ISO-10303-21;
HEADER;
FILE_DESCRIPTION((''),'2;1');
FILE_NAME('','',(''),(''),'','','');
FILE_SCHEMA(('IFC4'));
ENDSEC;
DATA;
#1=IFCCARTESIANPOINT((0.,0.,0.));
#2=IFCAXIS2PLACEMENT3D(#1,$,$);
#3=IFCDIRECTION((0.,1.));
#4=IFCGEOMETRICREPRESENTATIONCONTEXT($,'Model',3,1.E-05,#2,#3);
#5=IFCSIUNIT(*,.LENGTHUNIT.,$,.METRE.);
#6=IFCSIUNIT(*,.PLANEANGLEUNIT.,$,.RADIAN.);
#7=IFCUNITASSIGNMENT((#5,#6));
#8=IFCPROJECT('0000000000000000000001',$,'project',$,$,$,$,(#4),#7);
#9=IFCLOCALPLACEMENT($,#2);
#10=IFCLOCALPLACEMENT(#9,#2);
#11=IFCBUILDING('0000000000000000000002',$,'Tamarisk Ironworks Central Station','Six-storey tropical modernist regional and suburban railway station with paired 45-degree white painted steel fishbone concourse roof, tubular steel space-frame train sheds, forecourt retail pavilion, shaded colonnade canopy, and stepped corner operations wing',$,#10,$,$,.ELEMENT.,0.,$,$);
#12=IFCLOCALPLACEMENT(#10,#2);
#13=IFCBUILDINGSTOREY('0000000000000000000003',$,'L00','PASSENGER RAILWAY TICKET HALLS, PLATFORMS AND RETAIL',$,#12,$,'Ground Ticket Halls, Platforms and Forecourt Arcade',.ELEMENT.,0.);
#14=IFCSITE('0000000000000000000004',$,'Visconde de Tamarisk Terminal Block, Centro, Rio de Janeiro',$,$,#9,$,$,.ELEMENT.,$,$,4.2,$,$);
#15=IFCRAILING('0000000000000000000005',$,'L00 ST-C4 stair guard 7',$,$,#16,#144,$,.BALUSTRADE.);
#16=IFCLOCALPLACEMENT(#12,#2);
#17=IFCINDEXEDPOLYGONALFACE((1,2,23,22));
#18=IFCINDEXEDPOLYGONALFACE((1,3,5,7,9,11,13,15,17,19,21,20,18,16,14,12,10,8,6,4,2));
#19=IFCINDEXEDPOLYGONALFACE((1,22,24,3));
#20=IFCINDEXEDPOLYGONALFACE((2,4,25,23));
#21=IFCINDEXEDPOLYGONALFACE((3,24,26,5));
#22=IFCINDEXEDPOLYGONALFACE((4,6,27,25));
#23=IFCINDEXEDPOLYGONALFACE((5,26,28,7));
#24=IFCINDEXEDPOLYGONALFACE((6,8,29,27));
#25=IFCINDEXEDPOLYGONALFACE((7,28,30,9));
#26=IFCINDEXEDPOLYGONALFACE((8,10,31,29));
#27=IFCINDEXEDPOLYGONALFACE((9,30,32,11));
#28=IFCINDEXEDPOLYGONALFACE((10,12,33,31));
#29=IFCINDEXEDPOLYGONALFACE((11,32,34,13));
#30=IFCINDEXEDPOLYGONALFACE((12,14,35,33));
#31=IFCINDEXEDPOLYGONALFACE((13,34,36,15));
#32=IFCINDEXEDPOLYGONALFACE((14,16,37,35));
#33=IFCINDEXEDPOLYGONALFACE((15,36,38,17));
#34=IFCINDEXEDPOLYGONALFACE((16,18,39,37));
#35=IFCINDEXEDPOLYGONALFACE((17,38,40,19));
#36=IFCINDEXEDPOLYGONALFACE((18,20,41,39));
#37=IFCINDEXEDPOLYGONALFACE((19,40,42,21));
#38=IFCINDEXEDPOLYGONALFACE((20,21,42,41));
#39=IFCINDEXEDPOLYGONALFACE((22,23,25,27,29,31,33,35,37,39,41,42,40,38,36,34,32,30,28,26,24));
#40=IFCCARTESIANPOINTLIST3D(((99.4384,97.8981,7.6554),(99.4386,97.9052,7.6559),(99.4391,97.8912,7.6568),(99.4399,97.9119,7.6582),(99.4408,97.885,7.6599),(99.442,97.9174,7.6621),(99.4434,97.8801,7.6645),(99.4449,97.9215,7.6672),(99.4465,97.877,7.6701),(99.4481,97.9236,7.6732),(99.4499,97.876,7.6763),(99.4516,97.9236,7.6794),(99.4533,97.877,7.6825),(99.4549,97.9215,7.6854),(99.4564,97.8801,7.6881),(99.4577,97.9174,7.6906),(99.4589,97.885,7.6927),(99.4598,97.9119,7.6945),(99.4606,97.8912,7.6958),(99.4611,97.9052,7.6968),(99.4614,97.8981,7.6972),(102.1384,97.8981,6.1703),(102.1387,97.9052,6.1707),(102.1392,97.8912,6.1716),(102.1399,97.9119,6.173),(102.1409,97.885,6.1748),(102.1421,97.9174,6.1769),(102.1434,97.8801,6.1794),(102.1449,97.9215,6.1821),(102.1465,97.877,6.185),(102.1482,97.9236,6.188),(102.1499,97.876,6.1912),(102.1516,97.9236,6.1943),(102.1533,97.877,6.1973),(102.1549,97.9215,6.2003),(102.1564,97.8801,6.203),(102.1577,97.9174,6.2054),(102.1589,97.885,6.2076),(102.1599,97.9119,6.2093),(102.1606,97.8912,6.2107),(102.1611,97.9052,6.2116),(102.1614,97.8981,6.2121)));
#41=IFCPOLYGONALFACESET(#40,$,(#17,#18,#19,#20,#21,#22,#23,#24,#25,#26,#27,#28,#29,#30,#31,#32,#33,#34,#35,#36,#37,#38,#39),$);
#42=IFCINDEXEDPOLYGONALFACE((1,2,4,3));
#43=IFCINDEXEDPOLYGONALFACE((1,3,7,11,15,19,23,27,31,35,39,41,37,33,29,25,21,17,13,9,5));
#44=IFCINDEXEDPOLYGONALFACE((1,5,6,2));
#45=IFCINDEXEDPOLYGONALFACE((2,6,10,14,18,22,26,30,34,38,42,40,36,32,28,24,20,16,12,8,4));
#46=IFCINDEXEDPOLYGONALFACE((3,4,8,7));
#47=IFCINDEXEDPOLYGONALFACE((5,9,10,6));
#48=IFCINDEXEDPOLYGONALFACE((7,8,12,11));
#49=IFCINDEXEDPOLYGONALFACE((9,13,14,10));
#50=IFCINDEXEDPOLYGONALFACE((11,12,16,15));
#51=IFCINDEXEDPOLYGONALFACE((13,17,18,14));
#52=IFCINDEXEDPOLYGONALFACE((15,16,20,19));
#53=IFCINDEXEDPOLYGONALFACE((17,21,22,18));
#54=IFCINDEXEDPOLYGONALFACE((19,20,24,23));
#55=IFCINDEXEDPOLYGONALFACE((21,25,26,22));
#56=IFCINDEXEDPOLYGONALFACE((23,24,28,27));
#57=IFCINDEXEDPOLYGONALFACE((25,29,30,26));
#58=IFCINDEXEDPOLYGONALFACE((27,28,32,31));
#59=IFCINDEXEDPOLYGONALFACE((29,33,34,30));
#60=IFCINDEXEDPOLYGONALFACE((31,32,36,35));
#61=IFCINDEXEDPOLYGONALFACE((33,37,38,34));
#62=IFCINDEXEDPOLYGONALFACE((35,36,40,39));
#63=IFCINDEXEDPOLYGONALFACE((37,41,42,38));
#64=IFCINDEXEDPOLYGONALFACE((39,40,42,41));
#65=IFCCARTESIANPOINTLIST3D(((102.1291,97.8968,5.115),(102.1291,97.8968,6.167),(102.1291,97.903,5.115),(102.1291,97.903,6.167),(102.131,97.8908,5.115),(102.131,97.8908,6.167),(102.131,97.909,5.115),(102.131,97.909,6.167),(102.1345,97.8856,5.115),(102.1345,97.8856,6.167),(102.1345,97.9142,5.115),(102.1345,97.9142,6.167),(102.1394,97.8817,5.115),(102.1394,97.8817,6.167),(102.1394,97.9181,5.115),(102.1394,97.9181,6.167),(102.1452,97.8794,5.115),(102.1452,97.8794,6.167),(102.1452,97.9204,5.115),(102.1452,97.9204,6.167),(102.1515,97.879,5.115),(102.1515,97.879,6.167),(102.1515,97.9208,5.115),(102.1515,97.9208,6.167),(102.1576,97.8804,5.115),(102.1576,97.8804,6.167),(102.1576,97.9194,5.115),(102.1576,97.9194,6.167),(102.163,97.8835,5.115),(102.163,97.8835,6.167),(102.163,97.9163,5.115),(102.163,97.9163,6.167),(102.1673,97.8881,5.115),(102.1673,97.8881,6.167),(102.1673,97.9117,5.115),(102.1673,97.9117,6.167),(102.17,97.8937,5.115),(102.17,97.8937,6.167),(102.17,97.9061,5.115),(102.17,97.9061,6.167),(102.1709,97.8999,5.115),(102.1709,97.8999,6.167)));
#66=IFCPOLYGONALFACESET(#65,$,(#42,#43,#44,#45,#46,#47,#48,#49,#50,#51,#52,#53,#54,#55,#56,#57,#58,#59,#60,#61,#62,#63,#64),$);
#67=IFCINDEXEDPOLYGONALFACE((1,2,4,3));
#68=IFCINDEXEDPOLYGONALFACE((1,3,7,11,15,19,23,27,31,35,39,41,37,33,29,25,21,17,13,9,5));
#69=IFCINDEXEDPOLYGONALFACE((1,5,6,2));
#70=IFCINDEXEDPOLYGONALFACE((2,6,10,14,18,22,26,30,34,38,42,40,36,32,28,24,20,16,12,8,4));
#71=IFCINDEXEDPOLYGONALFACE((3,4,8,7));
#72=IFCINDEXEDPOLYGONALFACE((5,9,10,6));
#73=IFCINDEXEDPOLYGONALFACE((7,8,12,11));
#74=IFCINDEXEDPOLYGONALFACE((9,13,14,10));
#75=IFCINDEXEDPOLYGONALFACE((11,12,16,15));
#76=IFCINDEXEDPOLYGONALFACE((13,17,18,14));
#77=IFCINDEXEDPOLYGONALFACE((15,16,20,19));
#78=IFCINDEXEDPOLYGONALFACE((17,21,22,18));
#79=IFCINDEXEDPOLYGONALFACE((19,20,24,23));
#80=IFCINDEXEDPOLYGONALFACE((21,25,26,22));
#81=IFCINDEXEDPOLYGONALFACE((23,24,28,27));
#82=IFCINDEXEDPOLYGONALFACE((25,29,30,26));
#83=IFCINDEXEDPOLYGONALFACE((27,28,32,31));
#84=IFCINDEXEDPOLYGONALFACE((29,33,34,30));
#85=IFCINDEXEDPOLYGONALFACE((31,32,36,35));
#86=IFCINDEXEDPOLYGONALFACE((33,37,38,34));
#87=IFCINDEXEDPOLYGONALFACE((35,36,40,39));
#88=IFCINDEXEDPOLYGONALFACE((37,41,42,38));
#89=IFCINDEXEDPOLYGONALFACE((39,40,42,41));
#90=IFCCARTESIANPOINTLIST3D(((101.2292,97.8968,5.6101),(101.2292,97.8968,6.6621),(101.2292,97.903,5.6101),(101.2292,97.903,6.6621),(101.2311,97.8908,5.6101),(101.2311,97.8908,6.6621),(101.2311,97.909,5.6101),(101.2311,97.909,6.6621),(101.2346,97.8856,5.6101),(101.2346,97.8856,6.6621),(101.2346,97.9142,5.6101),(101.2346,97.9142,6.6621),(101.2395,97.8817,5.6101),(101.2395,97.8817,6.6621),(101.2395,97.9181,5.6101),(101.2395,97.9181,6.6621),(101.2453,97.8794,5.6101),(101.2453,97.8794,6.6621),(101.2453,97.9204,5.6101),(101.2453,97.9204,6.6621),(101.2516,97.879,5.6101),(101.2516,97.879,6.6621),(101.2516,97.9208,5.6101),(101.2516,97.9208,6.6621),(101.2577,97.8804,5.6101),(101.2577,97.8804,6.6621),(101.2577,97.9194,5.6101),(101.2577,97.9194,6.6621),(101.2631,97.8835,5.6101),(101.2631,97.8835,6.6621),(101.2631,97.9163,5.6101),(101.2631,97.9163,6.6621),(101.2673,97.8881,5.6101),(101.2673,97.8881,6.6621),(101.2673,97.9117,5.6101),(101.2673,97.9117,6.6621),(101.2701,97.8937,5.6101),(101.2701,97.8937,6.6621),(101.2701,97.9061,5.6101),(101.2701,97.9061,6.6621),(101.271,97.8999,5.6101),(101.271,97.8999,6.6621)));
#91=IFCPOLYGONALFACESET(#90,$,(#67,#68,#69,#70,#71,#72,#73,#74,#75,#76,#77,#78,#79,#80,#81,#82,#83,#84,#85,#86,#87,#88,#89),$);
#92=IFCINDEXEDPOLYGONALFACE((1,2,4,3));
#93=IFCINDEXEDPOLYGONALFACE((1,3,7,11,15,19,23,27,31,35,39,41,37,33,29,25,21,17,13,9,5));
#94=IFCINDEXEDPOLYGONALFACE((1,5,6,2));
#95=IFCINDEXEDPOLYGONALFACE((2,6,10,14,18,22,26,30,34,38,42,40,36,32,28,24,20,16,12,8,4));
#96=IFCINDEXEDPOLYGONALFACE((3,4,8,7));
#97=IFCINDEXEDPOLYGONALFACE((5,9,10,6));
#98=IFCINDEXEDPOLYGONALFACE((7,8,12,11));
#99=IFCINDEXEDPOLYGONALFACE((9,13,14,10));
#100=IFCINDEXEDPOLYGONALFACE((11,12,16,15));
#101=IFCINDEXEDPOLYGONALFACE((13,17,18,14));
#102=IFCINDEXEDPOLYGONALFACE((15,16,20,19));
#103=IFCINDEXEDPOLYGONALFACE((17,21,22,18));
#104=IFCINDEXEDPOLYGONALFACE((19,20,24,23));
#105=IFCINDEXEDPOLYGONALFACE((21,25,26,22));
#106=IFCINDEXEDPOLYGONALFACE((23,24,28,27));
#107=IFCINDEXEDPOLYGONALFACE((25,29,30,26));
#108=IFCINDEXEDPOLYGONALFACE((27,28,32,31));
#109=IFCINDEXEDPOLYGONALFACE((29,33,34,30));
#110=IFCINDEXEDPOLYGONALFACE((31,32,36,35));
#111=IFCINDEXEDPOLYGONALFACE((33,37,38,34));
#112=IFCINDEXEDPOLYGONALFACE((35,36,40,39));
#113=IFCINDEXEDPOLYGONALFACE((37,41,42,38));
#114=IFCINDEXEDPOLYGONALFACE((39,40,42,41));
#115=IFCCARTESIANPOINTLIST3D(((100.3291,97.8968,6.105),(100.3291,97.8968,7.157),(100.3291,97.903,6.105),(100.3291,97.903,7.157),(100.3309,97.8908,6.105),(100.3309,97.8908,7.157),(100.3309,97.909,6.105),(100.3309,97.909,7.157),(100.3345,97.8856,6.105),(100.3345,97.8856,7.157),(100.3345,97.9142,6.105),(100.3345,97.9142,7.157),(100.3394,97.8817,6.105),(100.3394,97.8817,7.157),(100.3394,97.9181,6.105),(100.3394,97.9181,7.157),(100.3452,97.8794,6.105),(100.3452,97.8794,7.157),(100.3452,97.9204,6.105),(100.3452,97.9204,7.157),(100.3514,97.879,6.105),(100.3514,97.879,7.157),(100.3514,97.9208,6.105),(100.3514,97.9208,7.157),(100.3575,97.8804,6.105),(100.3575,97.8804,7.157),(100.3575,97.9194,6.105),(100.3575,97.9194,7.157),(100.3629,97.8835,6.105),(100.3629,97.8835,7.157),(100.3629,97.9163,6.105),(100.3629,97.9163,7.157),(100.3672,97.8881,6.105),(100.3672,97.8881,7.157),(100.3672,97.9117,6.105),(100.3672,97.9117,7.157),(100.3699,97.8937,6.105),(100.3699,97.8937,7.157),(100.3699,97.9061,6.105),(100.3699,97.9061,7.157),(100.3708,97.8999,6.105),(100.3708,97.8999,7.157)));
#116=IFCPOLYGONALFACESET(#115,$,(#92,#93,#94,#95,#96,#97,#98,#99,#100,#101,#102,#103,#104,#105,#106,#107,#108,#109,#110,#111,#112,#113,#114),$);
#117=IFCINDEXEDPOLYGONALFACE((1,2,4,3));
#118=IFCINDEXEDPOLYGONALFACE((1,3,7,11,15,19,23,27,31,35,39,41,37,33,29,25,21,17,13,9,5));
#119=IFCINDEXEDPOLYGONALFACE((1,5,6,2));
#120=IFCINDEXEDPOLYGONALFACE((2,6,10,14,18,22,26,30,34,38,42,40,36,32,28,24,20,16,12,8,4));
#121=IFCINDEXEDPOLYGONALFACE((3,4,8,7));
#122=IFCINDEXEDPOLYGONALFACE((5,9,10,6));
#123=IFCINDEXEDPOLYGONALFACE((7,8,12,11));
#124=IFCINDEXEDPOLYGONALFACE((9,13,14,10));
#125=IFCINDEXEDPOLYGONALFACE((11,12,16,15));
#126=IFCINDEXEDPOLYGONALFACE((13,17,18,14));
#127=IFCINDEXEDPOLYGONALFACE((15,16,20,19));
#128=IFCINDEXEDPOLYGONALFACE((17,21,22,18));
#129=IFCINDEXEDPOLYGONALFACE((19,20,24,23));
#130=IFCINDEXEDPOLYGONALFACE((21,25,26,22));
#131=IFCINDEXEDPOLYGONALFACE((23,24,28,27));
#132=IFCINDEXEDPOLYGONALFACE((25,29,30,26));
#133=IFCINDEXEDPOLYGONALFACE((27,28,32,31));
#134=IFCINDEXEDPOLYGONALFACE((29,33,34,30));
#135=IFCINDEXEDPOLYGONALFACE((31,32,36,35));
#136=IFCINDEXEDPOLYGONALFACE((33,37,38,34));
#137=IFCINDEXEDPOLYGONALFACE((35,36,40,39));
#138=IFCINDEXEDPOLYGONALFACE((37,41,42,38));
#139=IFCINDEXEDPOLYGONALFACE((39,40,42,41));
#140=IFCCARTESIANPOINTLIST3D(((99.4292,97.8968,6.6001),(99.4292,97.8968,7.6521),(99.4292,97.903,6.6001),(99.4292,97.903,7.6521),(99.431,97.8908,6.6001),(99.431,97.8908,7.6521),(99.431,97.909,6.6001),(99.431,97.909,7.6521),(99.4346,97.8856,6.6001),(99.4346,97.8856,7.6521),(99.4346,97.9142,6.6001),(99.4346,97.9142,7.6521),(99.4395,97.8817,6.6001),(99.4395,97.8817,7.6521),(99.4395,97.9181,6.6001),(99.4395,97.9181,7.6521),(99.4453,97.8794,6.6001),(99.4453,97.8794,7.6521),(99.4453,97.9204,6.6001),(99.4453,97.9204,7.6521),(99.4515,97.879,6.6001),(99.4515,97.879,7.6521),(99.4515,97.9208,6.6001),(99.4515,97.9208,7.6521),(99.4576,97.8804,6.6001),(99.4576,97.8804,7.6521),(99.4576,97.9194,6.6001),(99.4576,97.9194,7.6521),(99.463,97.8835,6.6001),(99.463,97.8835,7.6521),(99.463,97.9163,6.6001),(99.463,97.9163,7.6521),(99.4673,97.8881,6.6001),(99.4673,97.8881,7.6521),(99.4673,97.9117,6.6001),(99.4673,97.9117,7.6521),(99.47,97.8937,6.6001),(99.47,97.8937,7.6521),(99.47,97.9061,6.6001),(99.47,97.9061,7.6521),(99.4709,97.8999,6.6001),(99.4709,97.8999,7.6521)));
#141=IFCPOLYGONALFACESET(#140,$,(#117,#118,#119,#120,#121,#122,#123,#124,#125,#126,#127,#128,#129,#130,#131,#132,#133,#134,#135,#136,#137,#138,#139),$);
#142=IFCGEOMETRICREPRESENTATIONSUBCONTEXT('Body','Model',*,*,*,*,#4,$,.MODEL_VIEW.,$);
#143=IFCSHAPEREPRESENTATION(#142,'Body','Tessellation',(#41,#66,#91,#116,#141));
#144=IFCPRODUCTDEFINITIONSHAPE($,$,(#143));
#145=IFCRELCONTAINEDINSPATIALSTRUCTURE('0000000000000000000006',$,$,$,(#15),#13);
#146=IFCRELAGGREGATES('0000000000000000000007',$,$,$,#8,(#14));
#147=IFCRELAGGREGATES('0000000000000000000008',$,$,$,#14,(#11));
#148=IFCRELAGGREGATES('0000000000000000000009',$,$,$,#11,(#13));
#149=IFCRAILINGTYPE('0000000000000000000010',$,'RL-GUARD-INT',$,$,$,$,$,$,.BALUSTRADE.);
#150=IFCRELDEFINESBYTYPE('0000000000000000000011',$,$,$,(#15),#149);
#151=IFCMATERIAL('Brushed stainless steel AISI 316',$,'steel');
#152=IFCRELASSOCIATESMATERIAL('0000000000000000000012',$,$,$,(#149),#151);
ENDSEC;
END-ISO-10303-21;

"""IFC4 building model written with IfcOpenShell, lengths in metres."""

from ifc_helpers import new_model, si_unit, direction, frame, origin, origin_2d, place, context, subcontext, project, spatial, circle, extrude, material, type_object, element, save


model = new_model("IFC4")

# Units and contexts
model_context = context("Model", 3, precision=1e-05, world=origin(), true_north=direction((0.0, 1.0)))
body_context = subcontext(model_context, "Body", "Model", "MODEL_VIEW")
ifc_project = project(units=[si_unit("LENGTHUNIT", "METRE"), si_unit("PLANEANGLEUNIT", "RADIAN")], contexts=[model_context])

# Site, building, storey
site_placement = place(None, origin())
site = spatial("IfcSite", under=ifc_project, at=site_placement, Name="Visconde de Tamarisk Terminal Block, Centro, Rio de Janeiro", CompositionType="ELEMENT", RefElevation=4.2)
building_placement = place(site_placement, origin())
building = spatial("IfcBuilding", under=site, at=building_placement, Name="Tamarisk Ironworks Central Station", Description="Six-storey tropical modernist regional and suburban railway station with paired 45-degree white painted steel fishbone concourse roof, tubular steel space-frame train sheds, forecourt retail pavilion, shaded colonnade canopy, and stepped corner operations wing", CompositionType="ELEMENT", ElevationOfRefHeight=0.0)
storey_placement = place(building_placement, origin())
storey = spatial("IfcBuildingStorey", under=building, at=storey_placement, Name="L00", Description="PASSENGER RAILWAY TICKET HALLS, PLATFORMS AND RETAIL", LongName="Ground Ticket Halls, Platforms and Forecourt Arcade", CompositionType="ELEMENT", Elevation=0.0)

# Shared definitions
ifc_material_1 = material(Name="Brushed stainless steel AISI 316", Category="steel")

# Railing
railing_type_1 = type_object("IfcRailingType", Name="RL-GUARD-INT", PredefinedType="BALUSTRADE", material=ifc_material_1)
railing_1_placement = place(storey_placement, frame((102.1499, 97.8999, 5.115)))
element("IfcRailing", 1, at=railing_1_placement, inside=storey, type_object=railing_type_1, Name="L00 ST-C4 stair guard 7", PredefinedType="BALUSTRADE", context=body_context, shape_type="SweptSolid", body=[
    extrude(circle(Radius=0.0239, at=origin_2d()), frame((0.0, 0.0, 1.0762), z_axis=(-0.876198, 0.0, 0.481952), x_axis=(0.0, -1.0, 0.0)), (0.0, 0.0, 1.0), 3.0815),
    extrude(circle(Radius=0.021, at=origin_2d()), origin(), (0.0, 0.0, 1.0), 1.052),
    extrude(circle(Radius=0.021, at=origin_2d()), frame((-0.8999, 0.0, 0.4951)), (0.0, 0.0, 1.0), 1.052),
    extrude(circle(Radius=0.021, at=origin_2d()), frame((-1.8, 0.0, 0.99)), (0.0, 0.0, 1.0), 1.052),
    extrude(circle(Radius=0.021, at=origin_2d()), frame((-2.7, 0.0, 1.4851)), (0.0, 0.0, 1.0), 1.052),
])

save(model, "model.ifc")
